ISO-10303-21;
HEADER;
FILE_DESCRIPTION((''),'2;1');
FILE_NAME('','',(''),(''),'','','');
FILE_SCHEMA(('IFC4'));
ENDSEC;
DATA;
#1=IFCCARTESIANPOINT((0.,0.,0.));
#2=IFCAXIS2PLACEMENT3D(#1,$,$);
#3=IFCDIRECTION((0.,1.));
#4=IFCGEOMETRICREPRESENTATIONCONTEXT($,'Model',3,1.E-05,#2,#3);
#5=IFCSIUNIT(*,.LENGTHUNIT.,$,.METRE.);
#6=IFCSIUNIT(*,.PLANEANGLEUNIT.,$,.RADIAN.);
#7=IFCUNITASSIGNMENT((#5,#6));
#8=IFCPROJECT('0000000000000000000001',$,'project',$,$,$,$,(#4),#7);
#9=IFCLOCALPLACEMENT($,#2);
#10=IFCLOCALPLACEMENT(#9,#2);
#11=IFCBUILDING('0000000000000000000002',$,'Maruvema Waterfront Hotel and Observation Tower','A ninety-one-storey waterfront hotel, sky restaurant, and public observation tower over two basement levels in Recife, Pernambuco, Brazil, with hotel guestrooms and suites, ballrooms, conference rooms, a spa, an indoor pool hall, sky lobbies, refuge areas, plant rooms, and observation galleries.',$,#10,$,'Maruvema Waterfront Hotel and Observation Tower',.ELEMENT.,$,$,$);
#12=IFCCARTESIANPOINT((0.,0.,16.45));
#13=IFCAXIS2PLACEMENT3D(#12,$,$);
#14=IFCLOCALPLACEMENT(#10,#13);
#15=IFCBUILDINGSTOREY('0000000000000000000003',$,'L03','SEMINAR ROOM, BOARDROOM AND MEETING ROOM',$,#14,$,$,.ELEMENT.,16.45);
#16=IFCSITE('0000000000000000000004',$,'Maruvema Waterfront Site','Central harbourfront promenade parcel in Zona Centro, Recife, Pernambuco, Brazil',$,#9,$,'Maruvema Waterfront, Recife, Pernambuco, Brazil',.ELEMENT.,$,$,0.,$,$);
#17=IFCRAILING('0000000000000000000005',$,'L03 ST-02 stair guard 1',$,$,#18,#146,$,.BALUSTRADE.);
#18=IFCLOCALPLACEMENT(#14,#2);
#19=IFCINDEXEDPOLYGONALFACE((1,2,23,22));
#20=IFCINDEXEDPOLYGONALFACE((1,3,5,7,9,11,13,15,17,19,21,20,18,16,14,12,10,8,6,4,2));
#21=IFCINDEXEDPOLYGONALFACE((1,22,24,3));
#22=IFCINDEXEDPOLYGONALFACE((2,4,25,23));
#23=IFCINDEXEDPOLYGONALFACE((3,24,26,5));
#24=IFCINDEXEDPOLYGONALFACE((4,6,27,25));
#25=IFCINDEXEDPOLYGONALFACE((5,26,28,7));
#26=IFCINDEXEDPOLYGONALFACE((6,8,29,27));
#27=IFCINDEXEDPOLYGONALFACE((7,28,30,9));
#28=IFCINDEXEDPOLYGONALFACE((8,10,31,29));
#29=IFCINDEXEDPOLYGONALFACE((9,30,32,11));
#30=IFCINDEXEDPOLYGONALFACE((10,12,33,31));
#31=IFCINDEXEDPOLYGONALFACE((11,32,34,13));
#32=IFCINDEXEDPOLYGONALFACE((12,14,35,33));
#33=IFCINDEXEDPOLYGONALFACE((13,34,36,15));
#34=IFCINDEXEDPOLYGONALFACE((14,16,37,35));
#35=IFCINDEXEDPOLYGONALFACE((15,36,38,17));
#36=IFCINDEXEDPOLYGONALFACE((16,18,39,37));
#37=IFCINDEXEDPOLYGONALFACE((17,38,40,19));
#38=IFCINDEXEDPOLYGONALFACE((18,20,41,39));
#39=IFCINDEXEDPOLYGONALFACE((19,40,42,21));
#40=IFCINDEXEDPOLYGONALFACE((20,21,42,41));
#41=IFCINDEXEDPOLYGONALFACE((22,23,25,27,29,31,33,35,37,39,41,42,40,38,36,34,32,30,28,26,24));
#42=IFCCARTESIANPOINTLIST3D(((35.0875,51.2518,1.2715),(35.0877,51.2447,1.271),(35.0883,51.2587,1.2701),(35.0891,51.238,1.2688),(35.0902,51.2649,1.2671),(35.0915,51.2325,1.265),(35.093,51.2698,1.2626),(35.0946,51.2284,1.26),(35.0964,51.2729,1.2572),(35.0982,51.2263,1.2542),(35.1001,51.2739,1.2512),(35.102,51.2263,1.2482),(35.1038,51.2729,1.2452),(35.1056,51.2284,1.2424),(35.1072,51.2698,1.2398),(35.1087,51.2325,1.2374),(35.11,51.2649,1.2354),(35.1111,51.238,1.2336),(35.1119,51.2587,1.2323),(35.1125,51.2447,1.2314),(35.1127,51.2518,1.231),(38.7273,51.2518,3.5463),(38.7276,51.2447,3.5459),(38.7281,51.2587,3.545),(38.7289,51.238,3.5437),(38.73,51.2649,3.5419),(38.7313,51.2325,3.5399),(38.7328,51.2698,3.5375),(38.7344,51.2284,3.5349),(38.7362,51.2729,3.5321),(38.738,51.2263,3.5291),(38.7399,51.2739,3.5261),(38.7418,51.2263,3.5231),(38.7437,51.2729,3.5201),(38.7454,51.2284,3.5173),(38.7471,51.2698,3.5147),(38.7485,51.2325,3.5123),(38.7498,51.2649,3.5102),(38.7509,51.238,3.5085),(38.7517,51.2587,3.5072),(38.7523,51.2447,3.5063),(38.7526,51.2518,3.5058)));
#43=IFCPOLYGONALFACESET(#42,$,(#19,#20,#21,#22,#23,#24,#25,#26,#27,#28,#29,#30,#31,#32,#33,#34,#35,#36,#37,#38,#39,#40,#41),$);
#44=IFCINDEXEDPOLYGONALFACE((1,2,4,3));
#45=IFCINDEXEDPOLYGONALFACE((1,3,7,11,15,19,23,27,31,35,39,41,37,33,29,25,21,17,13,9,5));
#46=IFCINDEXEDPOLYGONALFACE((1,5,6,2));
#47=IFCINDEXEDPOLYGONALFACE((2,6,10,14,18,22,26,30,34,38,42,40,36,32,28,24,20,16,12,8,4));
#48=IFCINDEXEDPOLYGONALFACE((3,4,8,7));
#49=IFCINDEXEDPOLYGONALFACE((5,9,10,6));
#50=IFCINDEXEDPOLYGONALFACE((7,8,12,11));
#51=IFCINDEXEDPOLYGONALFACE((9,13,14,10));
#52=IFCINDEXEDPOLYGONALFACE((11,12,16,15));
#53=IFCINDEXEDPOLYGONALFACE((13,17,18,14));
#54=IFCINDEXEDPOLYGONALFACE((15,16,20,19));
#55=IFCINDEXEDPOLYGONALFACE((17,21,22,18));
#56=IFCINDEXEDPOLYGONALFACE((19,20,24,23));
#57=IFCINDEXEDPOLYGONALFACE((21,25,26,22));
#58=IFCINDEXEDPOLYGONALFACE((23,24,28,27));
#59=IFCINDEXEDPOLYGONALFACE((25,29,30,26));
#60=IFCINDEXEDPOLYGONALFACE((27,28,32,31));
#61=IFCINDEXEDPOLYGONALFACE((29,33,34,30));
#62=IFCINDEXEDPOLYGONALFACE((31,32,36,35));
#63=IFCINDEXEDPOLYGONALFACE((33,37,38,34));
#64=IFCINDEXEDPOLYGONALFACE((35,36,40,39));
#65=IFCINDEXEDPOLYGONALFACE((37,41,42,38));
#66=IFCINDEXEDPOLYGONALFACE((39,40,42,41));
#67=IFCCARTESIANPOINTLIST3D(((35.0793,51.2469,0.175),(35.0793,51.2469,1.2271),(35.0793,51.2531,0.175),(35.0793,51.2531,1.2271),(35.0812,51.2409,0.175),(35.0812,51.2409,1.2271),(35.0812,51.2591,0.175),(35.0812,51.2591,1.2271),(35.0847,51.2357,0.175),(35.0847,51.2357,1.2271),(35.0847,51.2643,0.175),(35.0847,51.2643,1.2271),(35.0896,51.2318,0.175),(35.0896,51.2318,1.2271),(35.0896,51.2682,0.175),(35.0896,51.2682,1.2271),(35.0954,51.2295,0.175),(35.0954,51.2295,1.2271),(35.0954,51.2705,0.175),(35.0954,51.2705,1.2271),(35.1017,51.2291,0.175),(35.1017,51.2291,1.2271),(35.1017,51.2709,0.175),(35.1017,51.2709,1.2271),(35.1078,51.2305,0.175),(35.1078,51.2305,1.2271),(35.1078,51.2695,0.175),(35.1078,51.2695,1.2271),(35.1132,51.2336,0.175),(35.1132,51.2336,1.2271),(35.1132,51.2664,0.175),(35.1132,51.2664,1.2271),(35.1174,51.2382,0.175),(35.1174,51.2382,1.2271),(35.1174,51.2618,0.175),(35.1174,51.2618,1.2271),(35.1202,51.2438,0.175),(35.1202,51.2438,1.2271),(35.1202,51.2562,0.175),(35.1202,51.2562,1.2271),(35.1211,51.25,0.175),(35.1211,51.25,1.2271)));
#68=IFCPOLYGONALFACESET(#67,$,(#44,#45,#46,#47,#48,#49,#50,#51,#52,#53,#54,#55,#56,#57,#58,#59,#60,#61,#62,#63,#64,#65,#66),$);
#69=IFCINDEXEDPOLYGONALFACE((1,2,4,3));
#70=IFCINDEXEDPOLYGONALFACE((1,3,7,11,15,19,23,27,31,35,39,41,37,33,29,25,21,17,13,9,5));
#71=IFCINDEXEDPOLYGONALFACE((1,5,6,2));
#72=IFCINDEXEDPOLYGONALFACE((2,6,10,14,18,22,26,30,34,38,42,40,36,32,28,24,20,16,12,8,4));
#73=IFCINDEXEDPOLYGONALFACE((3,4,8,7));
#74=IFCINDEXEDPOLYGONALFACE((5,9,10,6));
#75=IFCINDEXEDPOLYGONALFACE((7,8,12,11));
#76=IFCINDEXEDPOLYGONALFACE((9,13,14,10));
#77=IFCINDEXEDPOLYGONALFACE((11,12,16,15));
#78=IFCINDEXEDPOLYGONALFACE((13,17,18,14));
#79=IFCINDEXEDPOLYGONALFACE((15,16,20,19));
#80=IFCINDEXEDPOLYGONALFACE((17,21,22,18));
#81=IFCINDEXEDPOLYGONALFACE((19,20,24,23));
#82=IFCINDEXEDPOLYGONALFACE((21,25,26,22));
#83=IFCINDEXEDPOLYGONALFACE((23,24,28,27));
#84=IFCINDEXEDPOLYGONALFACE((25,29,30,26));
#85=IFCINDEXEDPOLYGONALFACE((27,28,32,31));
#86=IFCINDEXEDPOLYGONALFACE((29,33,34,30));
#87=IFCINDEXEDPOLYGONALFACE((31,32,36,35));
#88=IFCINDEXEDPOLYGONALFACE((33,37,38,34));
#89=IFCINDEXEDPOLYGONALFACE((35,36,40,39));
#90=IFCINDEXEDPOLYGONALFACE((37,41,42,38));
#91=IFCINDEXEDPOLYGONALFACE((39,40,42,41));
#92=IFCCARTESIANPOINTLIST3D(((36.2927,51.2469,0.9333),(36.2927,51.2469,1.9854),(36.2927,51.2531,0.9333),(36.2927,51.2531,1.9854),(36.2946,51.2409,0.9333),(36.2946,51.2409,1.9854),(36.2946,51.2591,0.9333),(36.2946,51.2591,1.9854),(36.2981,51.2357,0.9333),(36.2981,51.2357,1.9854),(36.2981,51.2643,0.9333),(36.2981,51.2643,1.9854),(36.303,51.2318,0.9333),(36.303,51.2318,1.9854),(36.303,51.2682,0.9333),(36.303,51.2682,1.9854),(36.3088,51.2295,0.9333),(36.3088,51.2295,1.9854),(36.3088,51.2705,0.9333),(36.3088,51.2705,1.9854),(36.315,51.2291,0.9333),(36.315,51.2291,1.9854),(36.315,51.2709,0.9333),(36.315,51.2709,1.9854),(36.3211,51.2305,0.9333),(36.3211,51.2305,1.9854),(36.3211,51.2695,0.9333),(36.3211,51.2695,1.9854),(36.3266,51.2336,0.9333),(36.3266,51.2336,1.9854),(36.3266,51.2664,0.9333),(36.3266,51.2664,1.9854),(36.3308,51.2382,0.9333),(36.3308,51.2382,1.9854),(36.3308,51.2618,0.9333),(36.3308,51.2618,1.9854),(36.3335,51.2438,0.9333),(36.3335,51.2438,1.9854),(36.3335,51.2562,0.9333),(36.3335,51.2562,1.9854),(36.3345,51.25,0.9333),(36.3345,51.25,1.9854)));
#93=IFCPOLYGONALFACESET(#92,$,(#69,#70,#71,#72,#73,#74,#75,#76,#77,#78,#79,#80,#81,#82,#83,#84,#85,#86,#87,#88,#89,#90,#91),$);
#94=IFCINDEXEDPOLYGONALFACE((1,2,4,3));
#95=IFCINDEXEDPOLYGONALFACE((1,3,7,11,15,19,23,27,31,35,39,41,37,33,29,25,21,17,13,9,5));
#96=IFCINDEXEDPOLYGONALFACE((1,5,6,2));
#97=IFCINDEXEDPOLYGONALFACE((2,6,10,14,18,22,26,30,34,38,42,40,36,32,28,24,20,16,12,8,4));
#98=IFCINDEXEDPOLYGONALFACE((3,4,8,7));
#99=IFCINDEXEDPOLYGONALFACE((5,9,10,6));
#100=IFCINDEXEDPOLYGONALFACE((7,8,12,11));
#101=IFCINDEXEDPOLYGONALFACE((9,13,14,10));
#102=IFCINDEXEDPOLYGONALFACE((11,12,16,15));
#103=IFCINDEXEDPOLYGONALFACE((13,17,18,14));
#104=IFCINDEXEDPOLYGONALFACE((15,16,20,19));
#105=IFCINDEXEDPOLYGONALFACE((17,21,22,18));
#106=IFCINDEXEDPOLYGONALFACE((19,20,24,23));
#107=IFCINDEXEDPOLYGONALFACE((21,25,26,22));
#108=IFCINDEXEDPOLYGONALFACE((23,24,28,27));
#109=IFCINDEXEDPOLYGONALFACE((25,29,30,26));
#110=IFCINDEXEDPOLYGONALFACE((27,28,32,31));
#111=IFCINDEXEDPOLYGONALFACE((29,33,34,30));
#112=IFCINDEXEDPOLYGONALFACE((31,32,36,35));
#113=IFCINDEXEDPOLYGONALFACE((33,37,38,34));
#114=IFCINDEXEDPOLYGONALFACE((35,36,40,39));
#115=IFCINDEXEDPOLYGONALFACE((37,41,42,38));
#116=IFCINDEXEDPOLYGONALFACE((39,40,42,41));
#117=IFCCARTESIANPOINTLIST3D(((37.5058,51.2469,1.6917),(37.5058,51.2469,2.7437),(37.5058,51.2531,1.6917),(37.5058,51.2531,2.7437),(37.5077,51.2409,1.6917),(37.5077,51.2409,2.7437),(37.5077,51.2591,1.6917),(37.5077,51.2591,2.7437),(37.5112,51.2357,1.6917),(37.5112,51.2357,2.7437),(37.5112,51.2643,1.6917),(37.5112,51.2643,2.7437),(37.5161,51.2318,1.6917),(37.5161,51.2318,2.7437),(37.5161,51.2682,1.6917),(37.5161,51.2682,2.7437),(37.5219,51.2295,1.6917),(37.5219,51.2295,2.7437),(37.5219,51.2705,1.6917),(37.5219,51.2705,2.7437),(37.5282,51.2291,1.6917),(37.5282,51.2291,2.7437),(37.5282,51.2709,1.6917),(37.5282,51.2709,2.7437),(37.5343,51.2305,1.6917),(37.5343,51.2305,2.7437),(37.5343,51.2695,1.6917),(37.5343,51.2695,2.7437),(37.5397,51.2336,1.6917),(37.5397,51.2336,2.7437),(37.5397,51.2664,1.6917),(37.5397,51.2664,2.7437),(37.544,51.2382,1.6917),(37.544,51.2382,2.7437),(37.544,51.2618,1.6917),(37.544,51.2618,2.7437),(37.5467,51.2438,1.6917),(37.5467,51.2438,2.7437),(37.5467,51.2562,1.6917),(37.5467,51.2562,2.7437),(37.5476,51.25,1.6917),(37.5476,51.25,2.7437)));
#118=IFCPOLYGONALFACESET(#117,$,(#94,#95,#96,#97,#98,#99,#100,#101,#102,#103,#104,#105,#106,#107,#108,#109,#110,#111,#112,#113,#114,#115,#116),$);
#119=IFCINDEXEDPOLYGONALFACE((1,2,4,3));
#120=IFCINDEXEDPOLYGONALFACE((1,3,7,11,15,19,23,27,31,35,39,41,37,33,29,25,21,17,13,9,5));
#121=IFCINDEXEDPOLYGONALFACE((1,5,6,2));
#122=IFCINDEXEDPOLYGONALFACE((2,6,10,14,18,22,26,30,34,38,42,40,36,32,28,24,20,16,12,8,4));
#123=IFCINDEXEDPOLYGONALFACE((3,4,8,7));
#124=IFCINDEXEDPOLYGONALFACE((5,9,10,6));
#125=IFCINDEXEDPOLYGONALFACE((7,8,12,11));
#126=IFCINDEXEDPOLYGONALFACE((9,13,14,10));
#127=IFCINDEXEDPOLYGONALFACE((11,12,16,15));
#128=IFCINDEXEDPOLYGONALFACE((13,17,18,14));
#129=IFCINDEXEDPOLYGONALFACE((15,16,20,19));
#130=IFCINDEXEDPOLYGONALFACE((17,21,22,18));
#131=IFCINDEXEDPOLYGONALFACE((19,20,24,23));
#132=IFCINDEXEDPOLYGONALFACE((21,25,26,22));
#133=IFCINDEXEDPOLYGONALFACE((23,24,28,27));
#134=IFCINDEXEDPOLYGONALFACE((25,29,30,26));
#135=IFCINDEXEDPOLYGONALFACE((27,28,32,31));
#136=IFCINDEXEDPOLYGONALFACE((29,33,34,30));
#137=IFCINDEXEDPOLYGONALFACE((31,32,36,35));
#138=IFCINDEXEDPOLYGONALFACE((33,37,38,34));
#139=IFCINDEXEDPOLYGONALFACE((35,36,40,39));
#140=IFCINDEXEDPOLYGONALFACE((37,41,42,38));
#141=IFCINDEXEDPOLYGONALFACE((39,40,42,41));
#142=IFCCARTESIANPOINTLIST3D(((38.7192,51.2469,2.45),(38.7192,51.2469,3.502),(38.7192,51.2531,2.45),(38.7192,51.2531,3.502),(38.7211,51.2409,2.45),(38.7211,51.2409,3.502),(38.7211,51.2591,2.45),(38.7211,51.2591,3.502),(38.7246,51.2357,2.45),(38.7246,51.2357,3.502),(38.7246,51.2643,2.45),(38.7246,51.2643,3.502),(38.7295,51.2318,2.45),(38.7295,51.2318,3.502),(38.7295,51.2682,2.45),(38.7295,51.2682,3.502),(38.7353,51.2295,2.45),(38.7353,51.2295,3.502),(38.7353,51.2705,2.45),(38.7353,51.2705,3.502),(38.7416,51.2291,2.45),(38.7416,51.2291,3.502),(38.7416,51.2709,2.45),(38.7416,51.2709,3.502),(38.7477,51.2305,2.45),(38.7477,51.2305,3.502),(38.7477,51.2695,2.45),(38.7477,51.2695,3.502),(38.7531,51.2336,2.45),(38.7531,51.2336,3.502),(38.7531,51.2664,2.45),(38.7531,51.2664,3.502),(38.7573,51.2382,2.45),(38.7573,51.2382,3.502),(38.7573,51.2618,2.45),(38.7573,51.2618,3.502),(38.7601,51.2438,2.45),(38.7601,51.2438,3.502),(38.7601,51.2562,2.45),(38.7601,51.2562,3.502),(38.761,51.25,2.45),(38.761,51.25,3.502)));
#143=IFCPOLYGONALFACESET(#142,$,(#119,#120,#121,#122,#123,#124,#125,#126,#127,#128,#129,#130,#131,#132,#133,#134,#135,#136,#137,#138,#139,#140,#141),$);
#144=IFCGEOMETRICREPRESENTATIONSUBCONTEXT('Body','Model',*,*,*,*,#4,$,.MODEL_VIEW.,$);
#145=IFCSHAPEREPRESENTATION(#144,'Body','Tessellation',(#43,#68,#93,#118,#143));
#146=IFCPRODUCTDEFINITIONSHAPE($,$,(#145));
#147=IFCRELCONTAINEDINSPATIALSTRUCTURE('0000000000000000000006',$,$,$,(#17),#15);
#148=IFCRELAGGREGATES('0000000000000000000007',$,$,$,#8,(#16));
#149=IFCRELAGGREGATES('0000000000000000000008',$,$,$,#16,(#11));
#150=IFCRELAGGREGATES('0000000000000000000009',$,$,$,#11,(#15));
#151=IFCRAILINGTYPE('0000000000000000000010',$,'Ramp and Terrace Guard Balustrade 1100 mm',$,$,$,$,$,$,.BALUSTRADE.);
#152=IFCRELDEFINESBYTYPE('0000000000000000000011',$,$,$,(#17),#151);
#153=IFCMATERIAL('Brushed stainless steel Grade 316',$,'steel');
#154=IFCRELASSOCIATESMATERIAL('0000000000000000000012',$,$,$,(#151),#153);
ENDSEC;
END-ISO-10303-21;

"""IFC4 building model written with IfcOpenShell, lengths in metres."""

from ifc_helpers import new_model, si_unit, direction, frame, origin, origin_2d, place, context, subcontext, project, spatial, circle, extrude, material, type_object, element, save


model = new_model("IFC4")

# Units and contexts
model_context = context("Model", 3, precision=1e-05, world=origin(), true_north=direction((0.0, 1.0)))
body_context = subcontext(model_context, "Body", "Model", "MODEL_VIEW")
ifc_project = project(units=[si_unit("LENGTHUNIT", "METRE"), si_unit("PLANEANGLEUNIT", "RADIAN")], contexts=[model_context])

# Site, building, storey
site_placement = place(None, origin())
site = spatial("IfcSite", under=ifc_project, at=site_placement, Name="Maruvema Waterfront Site", Description="Central harbourfront promenade parcel in Zona Centro, Recife, Pernambuco, Brazil", LongName="Maruvema Waterfront, Recife, Pernambuco, Brazil", CompositionType="ELEMENT", RefElevation=0.0)
building_placement = place(site_placement, origin())
building = spatial("IfcBuilding", under=site, at=building_placement, Name="Maruvema Waterfront Hotel and Observation Tower", Description="A ninety-one-storey waterfront hotel, sky restaurant, and public observation tower over two basement levels in Recife, Pernambuco, Brazil, with hotel guestrooms and suites, ballrooms, conference rooms, a spa, an indoor pool hall, sky lobbies, refuge areas, plant rooms, and observation galleries.", LongName="Maruvema Waterfront Hotel and Observation Tower", CompositionType="ELEMENT")
storey_placement = place(building_placement, frame((0.0, 0.0, 16.45)))
storey = spatial("IfcBuildingStorey", under=building, at=storey_placement, Name="L03", Description="SEMINAR ROOM, BOARDROOM AND MEETING ROOM", CompositionType="ELEMENT", Elevation=16.45)

# Railing
ifc_material_1 = material(Name="Brushed stainless steel Grade 316", Category="steel")
railing_type_1 = type_object("IfcRailingType", Name="Ramp and Terrace Guard Balustrade 1100 mm", PredefinedType="BALUSTRADE", material=ifc_material_1)
railing_1_placement = place(storey_placement, frame((35.1001, 51.25, 0.175)))
element("IfcRailing", 1, at=railing_1_placement, inside=storey, type_object=railing_type_1, Name="L03 ST-02 stair guard 1", PredefinedType="BALUSTRADE", context=body_context, shape_type="SweptSolid", body=[
    extrude(circle(Radius=0.0239, at=origin_2d()), frame((0.0, 0.0, 1.0762), z_axis=(0.848001, 0.0, 0.529994), x_axis=(0.0, 1.0, 0.0)), (0.0, 0.0, 1.0), 4.2922),
    extrude(circle(Radius=0.021, at=origin_2d()), origin(), (0.0, 0.0, 1.0), 1.052),
    extrude(circle(Radius=0.021, at=origin_2d()), frame((1.2134, 0.0, 0.7583)), (0.0, 0.0, 1.0), 1.052),
    extrude(circle(Radius=0.021, at=origin_2d()), frame((2.4265, 0.0, 1.5166)), (0.0, 0.0, 1.0), 1.052),
    extrude(circle(Radius=0.021, at=origin_2d()), frame((3.6399, 0.0, 2.2749)), (0.0, 0.0, 1.0), 1.052),
])

save(model, "model.ifc")
